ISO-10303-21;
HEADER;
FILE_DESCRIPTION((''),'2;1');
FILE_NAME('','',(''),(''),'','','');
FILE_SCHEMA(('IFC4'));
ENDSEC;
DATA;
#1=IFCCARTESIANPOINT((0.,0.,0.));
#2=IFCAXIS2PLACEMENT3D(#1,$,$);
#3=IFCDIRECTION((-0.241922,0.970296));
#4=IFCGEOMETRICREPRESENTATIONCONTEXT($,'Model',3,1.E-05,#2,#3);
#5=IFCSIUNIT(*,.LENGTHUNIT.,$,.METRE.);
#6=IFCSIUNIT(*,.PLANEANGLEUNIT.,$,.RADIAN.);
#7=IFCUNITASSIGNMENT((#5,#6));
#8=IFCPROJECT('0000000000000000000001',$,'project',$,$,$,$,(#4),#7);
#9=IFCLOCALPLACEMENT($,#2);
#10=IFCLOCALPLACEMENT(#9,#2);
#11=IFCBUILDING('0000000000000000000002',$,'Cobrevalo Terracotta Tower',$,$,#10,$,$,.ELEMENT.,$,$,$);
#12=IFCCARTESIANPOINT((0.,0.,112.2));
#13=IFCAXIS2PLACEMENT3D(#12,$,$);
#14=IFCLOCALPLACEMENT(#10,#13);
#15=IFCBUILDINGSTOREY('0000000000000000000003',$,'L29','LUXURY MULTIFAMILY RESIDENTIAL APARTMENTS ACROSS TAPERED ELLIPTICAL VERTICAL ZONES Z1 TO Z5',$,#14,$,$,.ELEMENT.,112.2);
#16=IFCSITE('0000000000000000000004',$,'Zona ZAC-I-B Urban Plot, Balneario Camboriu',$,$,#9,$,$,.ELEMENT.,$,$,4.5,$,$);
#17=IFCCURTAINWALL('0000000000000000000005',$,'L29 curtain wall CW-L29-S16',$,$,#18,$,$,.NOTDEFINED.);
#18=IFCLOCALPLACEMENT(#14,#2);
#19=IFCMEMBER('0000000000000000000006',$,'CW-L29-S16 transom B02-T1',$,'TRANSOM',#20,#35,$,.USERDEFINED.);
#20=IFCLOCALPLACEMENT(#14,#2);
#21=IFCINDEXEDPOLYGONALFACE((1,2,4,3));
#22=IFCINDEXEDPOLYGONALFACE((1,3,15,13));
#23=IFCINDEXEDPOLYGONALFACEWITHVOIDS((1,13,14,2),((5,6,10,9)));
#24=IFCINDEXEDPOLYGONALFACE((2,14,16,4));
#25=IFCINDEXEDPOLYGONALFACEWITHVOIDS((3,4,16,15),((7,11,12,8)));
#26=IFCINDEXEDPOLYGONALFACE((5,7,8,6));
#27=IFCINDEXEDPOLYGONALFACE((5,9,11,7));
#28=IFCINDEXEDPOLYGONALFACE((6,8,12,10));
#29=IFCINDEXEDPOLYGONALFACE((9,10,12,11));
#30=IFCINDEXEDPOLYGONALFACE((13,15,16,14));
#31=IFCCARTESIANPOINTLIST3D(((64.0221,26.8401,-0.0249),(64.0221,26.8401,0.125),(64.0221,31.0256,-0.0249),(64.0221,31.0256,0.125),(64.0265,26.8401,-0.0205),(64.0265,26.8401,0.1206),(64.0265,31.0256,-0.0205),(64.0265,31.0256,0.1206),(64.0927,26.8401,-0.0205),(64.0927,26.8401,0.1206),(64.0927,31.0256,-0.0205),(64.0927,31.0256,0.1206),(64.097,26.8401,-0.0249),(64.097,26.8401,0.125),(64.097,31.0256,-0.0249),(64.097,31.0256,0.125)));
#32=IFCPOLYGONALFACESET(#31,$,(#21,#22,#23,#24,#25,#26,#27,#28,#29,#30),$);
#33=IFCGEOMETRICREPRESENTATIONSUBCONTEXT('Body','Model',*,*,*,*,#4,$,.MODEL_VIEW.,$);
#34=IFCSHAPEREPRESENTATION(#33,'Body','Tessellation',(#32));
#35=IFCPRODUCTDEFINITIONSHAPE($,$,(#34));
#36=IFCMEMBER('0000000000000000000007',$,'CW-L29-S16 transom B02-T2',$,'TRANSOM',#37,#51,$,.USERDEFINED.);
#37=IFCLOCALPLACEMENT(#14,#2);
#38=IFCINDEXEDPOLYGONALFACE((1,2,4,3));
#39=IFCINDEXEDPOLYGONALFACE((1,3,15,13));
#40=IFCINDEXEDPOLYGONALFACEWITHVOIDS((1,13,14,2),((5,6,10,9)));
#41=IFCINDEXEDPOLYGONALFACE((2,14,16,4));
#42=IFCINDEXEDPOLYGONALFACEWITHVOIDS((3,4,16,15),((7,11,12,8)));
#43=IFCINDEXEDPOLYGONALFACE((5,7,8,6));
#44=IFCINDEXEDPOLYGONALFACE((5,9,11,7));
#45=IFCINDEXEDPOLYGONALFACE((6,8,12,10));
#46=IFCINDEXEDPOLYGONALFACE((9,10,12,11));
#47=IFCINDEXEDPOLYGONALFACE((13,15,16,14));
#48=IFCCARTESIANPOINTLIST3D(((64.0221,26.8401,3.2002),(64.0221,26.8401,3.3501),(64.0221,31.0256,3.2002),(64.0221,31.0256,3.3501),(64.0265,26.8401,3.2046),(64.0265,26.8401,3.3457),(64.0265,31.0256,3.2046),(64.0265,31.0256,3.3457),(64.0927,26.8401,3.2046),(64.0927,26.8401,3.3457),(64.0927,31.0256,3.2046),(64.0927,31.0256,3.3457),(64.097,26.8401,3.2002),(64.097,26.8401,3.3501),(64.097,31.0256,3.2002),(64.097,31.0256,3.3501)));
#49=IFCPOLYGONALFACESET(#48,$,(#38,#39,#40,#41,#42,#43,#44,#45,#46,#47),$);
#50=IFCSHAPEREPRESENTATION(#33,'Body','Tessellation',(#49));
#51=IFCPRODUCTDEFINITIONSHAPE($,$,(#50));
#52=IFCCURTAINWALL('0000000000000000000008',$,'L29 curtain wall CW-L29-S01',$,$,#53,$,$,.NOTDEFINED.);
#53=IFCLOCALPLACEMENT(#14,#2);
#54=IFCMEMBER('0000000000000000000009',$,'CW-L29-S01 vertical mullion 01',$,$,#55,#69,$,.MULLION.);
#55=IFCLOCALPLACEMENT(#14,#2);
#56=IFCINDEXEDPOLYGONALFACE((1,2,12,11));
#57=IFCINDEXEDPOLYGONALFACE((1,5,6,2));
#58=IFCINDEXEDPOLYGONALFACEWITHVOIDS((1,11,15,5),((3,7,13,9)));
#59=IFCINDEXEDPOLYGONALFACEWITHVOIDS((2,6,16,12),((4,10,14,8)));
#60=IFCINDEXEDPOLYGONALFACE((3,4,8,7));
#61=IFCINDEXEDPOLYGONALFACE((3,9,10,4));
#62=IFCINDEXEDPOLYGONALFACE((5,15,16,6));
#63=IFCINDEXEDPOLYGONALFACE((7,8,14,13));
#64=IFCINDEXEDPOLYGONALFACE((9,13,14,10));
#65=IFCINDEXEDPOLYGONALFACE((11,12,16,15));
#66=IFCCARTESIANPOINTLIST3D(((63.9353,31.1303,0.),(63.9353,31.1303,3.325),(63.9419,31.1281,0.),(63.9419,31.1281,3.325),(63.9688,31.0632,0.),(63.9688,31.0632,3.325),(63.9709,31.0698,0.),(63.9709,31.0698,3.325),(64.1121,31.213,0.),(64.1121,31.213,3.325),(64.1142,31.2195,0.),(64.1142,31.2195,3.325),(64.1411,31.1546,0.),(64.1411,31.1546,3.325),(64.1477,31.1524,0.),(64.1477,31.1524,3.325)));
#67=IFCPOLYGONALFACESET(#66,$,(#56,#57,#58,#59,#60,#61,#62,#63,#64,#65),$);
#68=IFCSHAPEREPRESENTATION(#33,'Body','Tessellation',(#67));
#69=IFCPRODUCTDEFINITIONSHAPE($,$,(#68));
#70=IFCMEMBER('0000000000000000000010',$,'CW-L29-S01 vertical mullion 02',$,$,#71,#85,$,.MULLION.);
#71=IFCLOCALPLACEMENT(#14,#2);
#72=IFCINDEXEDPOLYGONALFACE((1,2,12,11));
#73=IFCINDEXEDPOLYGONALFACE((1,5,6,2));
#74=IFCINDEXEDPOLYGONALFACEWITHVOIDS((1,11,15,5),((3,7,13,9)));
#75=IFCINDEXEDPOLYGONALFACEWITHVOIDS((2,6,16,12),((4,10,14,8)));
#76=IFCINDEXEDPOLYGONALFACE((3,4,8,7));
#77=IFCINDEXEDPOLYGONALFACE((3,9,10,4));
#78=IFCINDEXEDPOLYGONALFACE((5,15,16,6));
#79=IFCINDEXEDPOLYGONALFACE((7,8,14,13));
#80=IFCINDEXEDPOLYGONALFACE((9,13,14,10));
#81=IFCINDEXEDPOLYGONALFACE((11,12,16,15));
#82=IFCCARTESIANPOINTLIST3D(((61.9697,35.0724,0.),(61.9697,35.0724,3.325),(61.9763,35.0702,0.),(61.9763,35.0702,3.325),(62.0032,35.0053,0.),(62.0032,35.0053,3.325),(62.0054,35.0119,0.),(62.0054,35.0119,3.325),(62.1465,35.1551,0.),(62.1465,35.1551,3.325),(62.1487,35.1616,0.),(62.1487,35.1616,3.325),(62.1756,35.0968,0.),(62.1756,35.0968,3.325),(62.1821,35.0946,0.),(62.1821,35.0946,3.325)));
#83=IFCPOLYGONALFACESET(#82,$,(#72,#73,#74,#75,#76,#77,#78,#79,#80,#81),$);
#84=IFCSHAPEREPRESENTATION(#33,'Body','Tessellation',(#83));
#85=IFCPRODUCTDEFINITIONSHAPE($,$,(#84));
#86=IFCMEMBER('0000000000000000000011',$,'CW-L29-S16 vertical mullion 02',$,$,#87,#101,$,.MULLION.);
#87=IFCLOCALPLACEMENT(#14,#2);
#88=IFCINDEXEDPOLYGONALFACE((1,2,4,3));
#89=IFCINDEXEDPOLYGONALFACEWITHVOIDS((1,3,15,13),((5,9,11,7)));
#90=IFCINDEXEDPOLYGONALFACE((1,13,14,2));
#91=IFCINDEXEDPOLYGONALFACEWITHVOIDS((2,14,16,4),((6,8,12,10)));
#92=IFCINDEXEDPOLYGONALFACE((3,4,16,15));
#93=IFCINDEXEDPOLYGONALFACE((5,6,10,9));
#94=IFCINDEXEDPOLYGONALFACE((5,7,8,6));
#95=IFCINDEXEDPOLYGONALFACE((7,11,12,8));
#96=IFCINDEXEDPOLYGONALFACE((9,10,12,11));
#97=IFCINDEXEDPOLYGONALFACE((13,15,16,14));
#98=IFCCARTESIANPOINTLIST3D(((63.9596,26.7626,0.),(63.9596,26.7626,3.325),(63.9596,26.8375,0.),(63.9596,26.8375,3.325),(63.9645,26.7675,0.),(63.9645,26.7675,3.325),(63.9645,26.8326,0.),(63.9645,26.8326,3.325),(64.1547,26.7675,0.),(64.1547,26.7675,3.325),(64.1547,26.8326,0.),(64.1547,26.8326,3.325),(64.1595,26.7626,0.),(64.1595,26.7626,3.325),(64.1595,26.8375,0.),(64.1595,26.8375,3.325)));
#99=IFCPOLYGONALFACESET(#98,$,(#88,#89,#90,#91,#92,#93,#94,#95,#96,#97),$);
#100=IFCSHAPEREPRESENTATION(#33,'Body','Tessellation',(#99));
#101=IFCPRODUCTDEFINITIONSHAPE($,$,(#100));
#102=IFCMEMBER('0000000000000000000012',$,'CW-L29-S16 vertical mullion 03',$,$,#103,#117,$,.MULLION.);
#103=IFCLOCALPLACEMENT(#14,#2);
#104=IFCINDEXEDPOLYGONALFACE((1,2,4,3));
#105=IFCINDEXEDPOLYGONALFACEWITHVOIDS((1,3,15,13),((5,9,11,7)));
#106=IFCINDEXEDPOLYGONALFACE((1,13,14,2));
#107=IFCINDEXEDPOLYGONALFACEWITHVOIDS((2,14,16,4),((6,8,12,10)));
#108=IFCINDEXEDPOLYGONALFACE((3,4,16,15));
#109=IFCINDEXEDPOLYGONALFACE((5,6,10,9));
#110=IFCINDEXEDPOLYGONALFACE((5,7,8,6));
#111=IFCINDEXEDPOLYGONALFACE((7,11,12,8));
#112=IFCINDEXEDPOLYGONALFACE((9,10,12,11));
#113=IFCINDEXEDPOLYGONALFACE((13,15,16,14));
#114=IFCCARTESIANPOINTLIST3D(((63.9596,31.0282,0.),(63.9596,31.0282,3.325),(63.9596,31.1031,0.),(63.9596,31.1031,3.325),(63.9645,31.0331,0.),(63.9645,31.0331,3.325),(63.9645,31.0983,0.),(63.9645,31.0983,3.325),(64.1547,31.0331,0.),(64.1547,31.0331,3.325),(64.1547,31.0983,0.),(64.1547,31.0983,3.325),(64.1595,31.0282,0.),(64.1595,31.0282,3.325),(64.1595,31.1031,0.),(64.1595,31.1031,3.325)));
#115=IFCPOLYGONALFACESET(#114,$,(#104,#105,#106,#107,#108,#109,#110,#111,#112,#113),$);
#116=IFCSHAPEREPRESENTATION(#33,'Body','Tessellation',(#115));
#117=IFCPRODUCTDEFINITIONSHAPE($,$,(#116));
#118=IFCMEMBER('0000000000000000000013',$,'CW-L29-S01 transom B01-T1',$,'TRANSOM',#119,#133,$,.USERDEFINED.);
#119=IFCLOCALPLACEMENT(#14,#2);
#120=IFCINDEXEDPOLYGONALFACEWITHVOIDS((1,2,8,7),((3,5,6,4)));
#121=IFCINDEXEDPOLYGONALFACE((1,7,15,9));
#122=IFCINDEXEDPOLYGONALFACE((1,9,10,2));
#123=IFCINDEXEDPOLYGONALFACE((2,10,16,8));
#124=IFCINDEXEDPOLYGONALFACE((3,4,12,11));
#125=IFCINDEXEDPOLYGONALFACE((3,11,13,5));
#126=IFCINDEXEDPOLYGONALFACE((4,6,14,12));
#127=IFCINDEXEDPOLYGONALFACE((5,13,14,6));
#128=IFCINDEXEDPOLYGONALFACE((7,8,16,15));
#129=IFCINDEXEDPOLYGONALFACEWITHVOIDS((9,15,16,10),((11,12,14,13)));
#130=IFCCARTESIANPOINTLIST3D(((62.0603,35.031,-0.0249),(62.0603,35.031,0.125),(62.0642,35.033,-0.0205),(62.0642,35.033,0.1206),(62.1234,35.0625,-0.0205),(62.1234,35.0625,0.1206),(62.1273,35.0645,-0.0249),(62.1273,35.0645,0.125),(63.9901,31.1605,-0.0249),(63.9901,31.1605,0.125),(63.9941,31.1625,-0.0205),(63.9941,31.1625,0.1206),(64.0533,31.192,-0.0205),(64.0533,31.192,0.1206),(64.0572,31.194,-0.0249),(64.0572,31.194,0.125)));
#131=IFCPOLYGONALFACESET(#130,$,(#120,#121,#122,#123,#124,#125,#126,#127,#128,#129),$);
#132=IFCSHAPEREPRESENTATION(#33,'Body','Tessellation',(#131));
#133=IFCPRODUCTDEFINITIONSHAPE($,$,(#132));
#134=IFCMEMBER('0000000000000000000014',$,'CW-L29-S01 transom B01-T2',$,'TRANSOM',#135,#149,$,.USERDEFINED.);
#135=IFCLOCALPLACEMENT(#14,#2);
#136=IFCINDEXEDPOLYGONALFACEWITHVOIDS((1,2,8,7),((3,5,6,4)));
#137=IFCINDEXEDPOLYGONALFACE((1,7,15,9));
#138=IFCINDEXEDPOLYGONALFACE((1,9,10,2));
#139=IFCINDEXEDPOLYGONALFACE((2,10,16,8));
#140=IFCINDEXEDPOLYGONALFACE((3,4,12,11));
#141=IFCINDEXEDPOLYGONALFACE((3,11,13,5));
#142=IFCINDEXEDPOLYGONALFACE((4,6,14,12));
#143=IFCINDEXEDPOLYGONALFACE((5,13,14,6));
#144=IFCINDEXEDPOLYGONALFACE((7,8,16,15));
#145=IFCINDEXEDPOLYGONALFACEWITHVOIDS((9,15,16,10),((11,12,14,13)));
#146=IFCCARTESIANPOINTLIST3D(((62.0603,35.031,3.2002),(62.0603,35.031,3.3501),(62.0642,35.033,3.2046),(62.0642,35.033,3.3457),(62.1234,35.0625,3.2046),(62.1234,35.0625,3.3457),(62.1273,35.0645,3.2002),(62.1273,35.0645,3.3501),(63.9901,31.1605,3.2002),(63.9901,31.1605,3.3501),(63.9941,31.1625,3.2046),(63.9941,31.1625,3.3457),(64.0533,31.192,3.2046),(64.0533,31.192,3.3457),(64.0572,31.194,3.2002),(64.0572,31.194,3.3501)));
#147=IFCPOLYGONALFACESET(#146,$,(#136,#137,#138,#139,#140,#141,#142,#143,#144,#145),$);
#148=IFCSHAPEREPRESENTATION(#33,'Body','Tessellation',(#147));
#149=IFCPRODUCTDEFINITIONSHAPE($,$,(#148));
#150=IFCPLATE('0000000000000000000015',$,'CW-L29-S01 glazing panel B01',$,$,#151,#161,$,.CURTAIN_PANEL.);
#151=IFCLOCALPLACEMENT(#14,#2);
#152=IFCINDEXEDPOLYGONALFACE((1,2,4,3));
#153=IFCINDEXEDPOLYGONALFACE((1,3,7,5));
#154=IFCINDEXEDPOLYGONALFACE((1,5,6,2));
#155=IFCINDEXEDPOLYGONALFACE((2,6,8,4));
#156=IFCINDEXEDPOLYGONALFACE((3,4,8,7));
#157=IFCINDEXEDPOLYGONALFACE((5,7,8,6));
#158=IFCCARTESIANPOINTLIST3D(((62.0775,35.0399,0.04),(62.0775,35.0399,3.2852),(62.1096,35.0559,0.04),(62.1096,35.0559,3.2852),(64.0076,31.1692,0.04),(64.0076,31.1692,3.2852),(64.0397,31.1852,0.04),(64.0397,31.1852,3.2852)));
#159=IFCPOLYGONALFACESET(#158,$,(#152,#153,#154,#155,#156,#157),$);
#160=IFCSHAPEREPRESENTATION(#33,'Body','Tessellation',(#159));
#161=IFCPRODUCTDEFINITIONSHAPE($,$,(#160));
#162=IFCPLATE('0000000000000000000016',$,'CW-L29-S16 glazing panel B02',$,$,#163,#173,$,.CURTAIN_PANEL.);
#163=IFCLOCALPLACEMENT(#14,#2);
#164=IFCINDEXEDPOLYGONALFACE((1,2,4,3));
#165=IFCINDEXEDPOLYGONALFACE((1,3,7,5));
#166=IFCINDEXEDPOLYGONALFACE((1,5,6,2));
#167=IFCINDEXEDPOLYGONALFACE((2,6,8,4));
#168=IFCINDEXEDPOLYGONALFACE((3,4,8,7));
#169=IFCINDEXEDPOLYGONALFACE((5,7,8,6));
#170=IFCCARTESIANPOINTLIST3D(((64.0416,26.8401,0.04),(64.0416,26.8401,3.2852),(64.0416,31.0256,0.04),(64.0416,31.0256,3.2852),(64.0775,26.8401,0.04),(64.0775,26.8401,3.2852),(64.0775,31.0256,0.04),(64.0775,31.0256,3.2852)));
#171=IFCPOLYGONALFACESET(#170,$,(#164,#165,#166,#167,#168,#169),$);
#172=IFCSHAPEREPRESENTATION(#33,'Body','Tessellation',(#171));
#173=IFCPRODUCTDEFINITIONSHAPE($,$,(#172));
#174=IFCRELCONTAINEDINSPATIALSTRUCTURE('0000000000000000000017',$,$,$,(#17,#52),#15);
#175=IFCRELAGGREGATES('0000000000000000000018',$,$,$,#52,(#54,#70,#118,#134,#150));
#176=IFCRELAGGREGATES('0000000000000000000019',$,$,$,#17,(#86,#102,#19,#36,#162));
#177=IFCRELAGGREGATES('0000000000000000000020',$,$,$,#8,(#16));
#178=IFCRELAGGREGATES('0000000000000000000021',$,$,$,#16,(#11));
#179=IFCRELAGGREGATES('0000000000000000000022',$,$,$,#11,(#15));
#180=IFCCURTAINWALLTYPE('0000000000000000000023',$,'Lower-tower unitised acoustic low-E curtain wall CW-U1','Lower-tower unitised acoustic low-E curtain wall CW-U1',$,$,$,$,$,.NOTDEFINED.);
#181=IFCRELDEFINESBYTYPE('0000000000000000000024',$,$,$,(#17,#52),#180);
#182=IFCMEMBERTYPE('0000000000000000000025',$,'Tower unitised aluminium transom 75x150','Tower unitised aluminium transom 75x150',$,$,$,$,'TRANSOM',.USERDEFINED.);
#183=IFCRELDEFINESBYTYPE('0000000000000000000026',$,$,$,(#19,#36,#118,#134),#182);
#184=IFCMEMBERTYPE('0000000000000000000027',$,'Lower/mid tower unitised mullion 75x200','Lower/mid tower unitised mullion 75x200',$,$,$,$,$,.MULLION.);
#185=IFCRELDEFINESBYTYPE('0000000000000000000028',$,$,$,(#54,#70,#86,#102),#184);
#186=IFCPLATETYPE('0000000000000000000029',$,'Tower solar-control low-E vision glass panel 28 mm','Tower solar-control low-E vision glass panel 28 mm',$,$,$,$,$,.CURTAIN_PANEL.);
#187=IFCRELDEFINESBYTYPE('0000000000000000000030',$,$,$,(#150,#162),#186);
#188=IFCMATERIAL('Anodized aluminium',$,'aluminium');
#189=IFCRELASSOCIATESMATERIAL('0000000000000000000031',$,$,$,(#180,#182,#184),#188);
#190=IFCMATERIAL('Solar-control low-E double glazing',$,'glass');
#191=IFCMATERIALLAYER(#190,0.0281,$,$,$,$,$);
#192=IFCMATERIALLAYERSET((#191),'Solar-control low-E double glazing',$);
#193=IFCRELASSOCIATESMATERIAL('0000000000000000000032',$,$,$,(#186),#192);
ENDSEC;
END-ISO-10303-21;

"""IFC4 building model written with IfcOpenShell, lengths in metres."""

from ifc_helpers import new_model, si_unit, direction, frame, origin, origin_2d, place, context, subcontext, project, spatial, rectangle, hollow_rectangle, extrude, source, transform, mapped, material, layer, layer_set, material_profile, profile_set, type_object, element, aggregate, save


model = new_model("IFC4")

# Units and contexts
model_context = context("Model", 3, precision=1e-05, world=origin(), true_north=direction((-0.241922, 0.970296)))
body_context = subcontext(model_context, "Body", "Model", "MODEL_VIEW")
ifc_project = project(units=[si_unit("LENGTHUNIT", "METRE"), si_unit("PLANEANGLEUNIT", "RADIAN")], contexts=[model_context])

# Site, building, storey
site_placement = place(None, origin())
site = spatial("IfcSite", under=ifc_project, at=site_placement, Name="Zona ZAC-I-B Urban Plot, Balneario Camboriu", CompositionType="ELEMENT", RefElevation=4.5)
building_placement = place(site_placement, origin())
building = spatial("IfcBuilding", under=site, at=building_placement, Name="Cobrevalo Terracotta Tower", CompositionType="ELEMENT")
storey_placement = place(building_placement, frame((0.0, 0.0, 112.2)))
storey = spatial("IfcBuildingStorey", under=building, at=storey_placement, Name="L29", Description="LUXURY MULTIFAMILY RESIDENTIAL APARTMENTS ACROSS TAPERED ELLIPTICAL VERTICAL ZONES Z1 TO Z5", CompositionType="ELEMENT", Elevation=112.2)

# Curtain walls, members
ifc_material_1 = material(Name="Anodized aluminium", Category="aluminium")
curtain_wall_type = type_object("IfcCurtainWallType", Name="Lower-tower unitised acoustic low-E curtain wall CW-U1", Description="Lower-tower unitised acoustic low-E curtain wall CW-U1", PredefinedType="NOTDEFINED", material=ifc_material_1)
curtain_wall_1_placement = place(storey_placement, origin())
curtain_wall_1 = element("IfcCurtainWall", 1, at=curtain_wall_1_placement, inside=storey, type_object=curtain_wall_type, Name="L29 curtain wall CW-L29-S16", PredefinedType="NOTDEFINED")
ifc_material_profile_1 = material_profile(ifc_material_1, hollow_rectangle(XDim=0.075, YDim=0.1499, WallThickness=0.0044, at=origin_2d()), Name="CWT 75x150")
ifc_profile_set_1 = profile_set([ifc_material_profile_1], Name="Anodized aluminium")
member_type_1 = type_object("IfcMemberType", Name="Tower unitised aluminium transom 75x150", Description="Tower unitised aluminium transom 75x150", ElementType="TRANSOM", PredefinedType="USERDEFINED", material=ifc_profile_set_1)
shared_shape_1 = source(origin(), body_context, "Body", "SweptSolid", [
    extrude(hollow_rectangle(XDim=0.075, YDim=0.1499, WallThickness=0.0044, at=origin_2d()), origin(), (0.0, 0.0, 1.0), 4.1855),
])
member_1_placement = place(storey_placement, frame((64.0596, 26.8401, 0.05), z_axis=(0.0, 1.0, 0.0), x_axis=(-1.0, 0.0, 0.0)))
member_1 = element("IfcMember", 2, at=member_1_placement, type_object=member_type_1, Name="CW-L29-S16 transom B02-T1", ObjectType="TRANSOM", PredefinedType="USERDEFINED", context=body_context, shape_type="MappedRepresentation", body=[
    mapped(shared_shape_1, transform((0.0, 0.0, 0.0), scale=1.0)),
])
member_2_placement = place(storey_placement, frame((64.0596, 26.8401, 3.2751), z_axis=(0.0, 1.0, 0.0), x_axis=(-1.0, 0.0, 0.0)))
member_2 = element("IfcMember", 3, at=member_2_placement, type_object=member_type_1, Name="CW-L29-S16 transom B02-T2", ObjectType="TRANSOM", PredefinedType="USERDEFINED", context=body_context, shape_type="MappedRepresentation", body=[
    mapped(shared_shape_1, transform((0.0, 0.0, 0.0), scale=1.0)),
])
curtain_wall_2_placement = place(storey_placement, origin())
curtain_wall_2 = element("IfcCurtainWall", 4, at=curtain_wall_2_placement, inside=storey, type_object=curtain_wall_type, Name="L29 curtain wall CW-L29-S01", PredefinedType="NOTDEFINED")
ifc_material_profile_2 = material_profile(ifc_material_1, hollow_rectangle(XDim=0.075, YDim=0.2, WallThickness=0.0049, at=origin_2d()), Name="CWM 75x200")
ifc_profile_set_2 = profile_set([ifc_material_profile_2], Name="Anodized aluminium")
member_type_2 = type_object("IfcMemberType", Name="Lower/mid tower unitised mullion 75x200", Description="Lower/mid tower unitised mullion 75x200", PredefinedType="MULLION", material=ifc_profile_set_2)
shared_shape_2 = source(origin(), body_context, "Body", "SweptSolid", [
    extrude(hollow_rectangle(XDim=0.075, YDim=0.2, WallThickness=0.0049, at=origin_2d()), origin(), (0.0, 0.0, 1.0), 3.325),
])
member_3_placement = place(storey_placement, frame((64.0415, 31.1414, 0.0), z_axis=(0.0, 0.0, 1.0), x_axis=(-0.44626, 0.894903, 0.0)))
member_3 = element("IfcMember", 5, at=member_3_placement, type_object=member_type_2, Name="CW-L29-S01 vertical mullion 01", PredefinedType="MULLION", context=body_context, shape_type="MappedRepresentation", body=[
    mapped(shared_shape_2, transform((0.0, 0.0, 0.0), scale=1.0)),
])
member_4_placement = place(storey_placement, frame((62.0759, 35.0835, 0.0), z_axis=(0.0, 0.0, 1.0), x_axis=(-0.44626, 0.894903, 0.0)))
member_4 = element("IfcMember", 6, at=member_4_placement, type_object=member_type_2, Name="CW-L29-S01 vertical mullion 02", PredefinedType="MULLION", context=body_context, shape_type="MappedRepresentation", body=[
    mapped(shared_shape_2, transform((0.0, 0.0, 0.0), scale=1.0)),
])

# Members
member_5_placement = place(storey_placement, frame((64.0596, 26.8, 0.0), z_axis=(0.0, 0.0, 1.0), x_axis=(0.0, 1.0, 0.0)))
member_5 = element("IfcMember", 7, at=member_5_placement, type_object=member_type_2, Name="CW-L29-S16 vertical mullion 02", PredefinedType="MULLION", context=body_context, shape_type="MappedRepresentation", body=[
    mapped(shared_shape_2, transform((0.0, 0.0, 0.0), scale=1.0)),
])
member_6_placement = place(storey_placement, frame((64.0596, 31.0657, 0.0), z_axis=(0.0, 0.0, 1.0), x_axis=(0.0, 1.0, 0.0)))
member_6 = element("IfcMember", 8, at=member_6_placement, type_object=member_type_2, Name="CW-L29-S16 vertical mullion 03", PredefinedType="MULLION", context=body_context, shape_type="MappedRepresentation", body=[
    mapped(shared_shape_2, transform((0.0, 0.0, 0.0), scale=1.0)),
])
shared_shape_3 = source(origin(), body_context, "Body", "SweptSolid", [
    extrude(hollow_rectangle(XDim=0.075, YDim=0.1499, WallThickness=0.0044, at=origin_2d()), origin(), (0.0, 0.0, 1.0), 4.325),
])
member_7_placement = place(storey_placement, frame((64.0237, 31.1772, 0.05), z_axis=(-0.44622, 0.894923, 0.0), x_axis=(-0.894923, -0.44622, 0.0)))
member_7 = element("IfcMember", 9, at=member_7_placement, type_object=member_type_1, Name="CW-L29-S01 transom B01-T1", ObjectType="TRANSOM", PredefinedType="USERDEFINED", context=body_context, shape_type="MappedRepresentation", body=[
    mapped(shared_shape_3, transform((0.0, 0.0, 0.0), scale=1.0)),
])
member_8_placement = place(storey_placement, frame((64.0237, 31.1772, 3.2751), z_axis=(-0.44622, 0.894923, 0.0), x_axis=(-0.894923, -0.44622, 0.0)))
member_8 = element("IfcMember", 10, at=member_8_placement, type_object=member_type_1, Name="CW-L29-S01 transom B01-T2", ObjectType="TRANSOM", PredefinedType="USERDEFINED", context=body_context, shape_type="MappedRepresentation", body=[
    mapped(shared_shape_3, transform((0.0, 0.0, 0.0), scale=1.0)),
])

# Plates
ifc_material_2 = material(Name="Solar-control low-E double glazing", Category="glass")
ifc_layer_1 = layer(ifc_material_2, 0.0281)
ifc_layer_set_1 = layer_set([ifc_layer_1], Name="Solar-control low-E double glazing")
plate_type = type_object("IfcPlateType", Name="Tower solar-control low-E vision glass panel 28 mm", Description="Tower solar-control low-E vision glass panel 28 mm", PredefinedType="CURTAIN_PANEL", material=ifc_layer_set_1)
shared_shape_4 = source(origin(), body_context, "Body", "SweptSolid", [
    extrude(rectangle(XDim=4.3252, YDim=0.0359, at=origin_2d()), origin(), (0.0, 0.0, 1.0), 3.2451),
])
plate_1_placement = place(storey_placement, frame((63.0586, 33.1125, 0.04), z_axis=(0.0, 0.0, 1.0), x_axis=(-0.446262, 0.894902, 0.0)))
plate_1 = element("IfcPlate", 11, at=plate_1_placement, type_object=plate_type, Name="CW-L29-S01 glazing panel B01", PredefinedType="CURTAIN_PANEL", context=body_context, shape_type="MappedRepresentation", body=[
    mapped(shared_shape_4, transform((0.0, 0.0, 0.0), scale=1.0)),
])
aggregate(curtain_wall_2, [member_3, member_4, member_7, member_8, plate_1])
shared_shape_5 = source(origin(), body_context, "Body", "SweptSolid", [
    extrude(rectangle(XDim=4.1855, YDim=0.0359, at=origin_2d()), origin(), (0.0, 0.0, 1.0), 3.2451),
])
plate_2_placement = place(storey_placement, frame((64.0596, 28.9329, 0.04), z_axis=(0.0, 0.0, 1.0), x_axis=(0.0, 1.0, 0.0)))
plate_2 = element("IfcPlate", 12, at=plate_2_placement, type_object=plate_type, Name="CW-L29-S16 glazing panel B02", PredefinedType="CURTAIN_PANEL", context=body_context, shape_type="MappedRepresentation", body=[
    mapped(shared_shape_5, transform((0.0, 0.0, 0.0), scale=1.0)),
])
aggregate(curtain_wall_1, [member_5, member_6, member_1, member_2, plate_2])

save(model, "model.ifc")
